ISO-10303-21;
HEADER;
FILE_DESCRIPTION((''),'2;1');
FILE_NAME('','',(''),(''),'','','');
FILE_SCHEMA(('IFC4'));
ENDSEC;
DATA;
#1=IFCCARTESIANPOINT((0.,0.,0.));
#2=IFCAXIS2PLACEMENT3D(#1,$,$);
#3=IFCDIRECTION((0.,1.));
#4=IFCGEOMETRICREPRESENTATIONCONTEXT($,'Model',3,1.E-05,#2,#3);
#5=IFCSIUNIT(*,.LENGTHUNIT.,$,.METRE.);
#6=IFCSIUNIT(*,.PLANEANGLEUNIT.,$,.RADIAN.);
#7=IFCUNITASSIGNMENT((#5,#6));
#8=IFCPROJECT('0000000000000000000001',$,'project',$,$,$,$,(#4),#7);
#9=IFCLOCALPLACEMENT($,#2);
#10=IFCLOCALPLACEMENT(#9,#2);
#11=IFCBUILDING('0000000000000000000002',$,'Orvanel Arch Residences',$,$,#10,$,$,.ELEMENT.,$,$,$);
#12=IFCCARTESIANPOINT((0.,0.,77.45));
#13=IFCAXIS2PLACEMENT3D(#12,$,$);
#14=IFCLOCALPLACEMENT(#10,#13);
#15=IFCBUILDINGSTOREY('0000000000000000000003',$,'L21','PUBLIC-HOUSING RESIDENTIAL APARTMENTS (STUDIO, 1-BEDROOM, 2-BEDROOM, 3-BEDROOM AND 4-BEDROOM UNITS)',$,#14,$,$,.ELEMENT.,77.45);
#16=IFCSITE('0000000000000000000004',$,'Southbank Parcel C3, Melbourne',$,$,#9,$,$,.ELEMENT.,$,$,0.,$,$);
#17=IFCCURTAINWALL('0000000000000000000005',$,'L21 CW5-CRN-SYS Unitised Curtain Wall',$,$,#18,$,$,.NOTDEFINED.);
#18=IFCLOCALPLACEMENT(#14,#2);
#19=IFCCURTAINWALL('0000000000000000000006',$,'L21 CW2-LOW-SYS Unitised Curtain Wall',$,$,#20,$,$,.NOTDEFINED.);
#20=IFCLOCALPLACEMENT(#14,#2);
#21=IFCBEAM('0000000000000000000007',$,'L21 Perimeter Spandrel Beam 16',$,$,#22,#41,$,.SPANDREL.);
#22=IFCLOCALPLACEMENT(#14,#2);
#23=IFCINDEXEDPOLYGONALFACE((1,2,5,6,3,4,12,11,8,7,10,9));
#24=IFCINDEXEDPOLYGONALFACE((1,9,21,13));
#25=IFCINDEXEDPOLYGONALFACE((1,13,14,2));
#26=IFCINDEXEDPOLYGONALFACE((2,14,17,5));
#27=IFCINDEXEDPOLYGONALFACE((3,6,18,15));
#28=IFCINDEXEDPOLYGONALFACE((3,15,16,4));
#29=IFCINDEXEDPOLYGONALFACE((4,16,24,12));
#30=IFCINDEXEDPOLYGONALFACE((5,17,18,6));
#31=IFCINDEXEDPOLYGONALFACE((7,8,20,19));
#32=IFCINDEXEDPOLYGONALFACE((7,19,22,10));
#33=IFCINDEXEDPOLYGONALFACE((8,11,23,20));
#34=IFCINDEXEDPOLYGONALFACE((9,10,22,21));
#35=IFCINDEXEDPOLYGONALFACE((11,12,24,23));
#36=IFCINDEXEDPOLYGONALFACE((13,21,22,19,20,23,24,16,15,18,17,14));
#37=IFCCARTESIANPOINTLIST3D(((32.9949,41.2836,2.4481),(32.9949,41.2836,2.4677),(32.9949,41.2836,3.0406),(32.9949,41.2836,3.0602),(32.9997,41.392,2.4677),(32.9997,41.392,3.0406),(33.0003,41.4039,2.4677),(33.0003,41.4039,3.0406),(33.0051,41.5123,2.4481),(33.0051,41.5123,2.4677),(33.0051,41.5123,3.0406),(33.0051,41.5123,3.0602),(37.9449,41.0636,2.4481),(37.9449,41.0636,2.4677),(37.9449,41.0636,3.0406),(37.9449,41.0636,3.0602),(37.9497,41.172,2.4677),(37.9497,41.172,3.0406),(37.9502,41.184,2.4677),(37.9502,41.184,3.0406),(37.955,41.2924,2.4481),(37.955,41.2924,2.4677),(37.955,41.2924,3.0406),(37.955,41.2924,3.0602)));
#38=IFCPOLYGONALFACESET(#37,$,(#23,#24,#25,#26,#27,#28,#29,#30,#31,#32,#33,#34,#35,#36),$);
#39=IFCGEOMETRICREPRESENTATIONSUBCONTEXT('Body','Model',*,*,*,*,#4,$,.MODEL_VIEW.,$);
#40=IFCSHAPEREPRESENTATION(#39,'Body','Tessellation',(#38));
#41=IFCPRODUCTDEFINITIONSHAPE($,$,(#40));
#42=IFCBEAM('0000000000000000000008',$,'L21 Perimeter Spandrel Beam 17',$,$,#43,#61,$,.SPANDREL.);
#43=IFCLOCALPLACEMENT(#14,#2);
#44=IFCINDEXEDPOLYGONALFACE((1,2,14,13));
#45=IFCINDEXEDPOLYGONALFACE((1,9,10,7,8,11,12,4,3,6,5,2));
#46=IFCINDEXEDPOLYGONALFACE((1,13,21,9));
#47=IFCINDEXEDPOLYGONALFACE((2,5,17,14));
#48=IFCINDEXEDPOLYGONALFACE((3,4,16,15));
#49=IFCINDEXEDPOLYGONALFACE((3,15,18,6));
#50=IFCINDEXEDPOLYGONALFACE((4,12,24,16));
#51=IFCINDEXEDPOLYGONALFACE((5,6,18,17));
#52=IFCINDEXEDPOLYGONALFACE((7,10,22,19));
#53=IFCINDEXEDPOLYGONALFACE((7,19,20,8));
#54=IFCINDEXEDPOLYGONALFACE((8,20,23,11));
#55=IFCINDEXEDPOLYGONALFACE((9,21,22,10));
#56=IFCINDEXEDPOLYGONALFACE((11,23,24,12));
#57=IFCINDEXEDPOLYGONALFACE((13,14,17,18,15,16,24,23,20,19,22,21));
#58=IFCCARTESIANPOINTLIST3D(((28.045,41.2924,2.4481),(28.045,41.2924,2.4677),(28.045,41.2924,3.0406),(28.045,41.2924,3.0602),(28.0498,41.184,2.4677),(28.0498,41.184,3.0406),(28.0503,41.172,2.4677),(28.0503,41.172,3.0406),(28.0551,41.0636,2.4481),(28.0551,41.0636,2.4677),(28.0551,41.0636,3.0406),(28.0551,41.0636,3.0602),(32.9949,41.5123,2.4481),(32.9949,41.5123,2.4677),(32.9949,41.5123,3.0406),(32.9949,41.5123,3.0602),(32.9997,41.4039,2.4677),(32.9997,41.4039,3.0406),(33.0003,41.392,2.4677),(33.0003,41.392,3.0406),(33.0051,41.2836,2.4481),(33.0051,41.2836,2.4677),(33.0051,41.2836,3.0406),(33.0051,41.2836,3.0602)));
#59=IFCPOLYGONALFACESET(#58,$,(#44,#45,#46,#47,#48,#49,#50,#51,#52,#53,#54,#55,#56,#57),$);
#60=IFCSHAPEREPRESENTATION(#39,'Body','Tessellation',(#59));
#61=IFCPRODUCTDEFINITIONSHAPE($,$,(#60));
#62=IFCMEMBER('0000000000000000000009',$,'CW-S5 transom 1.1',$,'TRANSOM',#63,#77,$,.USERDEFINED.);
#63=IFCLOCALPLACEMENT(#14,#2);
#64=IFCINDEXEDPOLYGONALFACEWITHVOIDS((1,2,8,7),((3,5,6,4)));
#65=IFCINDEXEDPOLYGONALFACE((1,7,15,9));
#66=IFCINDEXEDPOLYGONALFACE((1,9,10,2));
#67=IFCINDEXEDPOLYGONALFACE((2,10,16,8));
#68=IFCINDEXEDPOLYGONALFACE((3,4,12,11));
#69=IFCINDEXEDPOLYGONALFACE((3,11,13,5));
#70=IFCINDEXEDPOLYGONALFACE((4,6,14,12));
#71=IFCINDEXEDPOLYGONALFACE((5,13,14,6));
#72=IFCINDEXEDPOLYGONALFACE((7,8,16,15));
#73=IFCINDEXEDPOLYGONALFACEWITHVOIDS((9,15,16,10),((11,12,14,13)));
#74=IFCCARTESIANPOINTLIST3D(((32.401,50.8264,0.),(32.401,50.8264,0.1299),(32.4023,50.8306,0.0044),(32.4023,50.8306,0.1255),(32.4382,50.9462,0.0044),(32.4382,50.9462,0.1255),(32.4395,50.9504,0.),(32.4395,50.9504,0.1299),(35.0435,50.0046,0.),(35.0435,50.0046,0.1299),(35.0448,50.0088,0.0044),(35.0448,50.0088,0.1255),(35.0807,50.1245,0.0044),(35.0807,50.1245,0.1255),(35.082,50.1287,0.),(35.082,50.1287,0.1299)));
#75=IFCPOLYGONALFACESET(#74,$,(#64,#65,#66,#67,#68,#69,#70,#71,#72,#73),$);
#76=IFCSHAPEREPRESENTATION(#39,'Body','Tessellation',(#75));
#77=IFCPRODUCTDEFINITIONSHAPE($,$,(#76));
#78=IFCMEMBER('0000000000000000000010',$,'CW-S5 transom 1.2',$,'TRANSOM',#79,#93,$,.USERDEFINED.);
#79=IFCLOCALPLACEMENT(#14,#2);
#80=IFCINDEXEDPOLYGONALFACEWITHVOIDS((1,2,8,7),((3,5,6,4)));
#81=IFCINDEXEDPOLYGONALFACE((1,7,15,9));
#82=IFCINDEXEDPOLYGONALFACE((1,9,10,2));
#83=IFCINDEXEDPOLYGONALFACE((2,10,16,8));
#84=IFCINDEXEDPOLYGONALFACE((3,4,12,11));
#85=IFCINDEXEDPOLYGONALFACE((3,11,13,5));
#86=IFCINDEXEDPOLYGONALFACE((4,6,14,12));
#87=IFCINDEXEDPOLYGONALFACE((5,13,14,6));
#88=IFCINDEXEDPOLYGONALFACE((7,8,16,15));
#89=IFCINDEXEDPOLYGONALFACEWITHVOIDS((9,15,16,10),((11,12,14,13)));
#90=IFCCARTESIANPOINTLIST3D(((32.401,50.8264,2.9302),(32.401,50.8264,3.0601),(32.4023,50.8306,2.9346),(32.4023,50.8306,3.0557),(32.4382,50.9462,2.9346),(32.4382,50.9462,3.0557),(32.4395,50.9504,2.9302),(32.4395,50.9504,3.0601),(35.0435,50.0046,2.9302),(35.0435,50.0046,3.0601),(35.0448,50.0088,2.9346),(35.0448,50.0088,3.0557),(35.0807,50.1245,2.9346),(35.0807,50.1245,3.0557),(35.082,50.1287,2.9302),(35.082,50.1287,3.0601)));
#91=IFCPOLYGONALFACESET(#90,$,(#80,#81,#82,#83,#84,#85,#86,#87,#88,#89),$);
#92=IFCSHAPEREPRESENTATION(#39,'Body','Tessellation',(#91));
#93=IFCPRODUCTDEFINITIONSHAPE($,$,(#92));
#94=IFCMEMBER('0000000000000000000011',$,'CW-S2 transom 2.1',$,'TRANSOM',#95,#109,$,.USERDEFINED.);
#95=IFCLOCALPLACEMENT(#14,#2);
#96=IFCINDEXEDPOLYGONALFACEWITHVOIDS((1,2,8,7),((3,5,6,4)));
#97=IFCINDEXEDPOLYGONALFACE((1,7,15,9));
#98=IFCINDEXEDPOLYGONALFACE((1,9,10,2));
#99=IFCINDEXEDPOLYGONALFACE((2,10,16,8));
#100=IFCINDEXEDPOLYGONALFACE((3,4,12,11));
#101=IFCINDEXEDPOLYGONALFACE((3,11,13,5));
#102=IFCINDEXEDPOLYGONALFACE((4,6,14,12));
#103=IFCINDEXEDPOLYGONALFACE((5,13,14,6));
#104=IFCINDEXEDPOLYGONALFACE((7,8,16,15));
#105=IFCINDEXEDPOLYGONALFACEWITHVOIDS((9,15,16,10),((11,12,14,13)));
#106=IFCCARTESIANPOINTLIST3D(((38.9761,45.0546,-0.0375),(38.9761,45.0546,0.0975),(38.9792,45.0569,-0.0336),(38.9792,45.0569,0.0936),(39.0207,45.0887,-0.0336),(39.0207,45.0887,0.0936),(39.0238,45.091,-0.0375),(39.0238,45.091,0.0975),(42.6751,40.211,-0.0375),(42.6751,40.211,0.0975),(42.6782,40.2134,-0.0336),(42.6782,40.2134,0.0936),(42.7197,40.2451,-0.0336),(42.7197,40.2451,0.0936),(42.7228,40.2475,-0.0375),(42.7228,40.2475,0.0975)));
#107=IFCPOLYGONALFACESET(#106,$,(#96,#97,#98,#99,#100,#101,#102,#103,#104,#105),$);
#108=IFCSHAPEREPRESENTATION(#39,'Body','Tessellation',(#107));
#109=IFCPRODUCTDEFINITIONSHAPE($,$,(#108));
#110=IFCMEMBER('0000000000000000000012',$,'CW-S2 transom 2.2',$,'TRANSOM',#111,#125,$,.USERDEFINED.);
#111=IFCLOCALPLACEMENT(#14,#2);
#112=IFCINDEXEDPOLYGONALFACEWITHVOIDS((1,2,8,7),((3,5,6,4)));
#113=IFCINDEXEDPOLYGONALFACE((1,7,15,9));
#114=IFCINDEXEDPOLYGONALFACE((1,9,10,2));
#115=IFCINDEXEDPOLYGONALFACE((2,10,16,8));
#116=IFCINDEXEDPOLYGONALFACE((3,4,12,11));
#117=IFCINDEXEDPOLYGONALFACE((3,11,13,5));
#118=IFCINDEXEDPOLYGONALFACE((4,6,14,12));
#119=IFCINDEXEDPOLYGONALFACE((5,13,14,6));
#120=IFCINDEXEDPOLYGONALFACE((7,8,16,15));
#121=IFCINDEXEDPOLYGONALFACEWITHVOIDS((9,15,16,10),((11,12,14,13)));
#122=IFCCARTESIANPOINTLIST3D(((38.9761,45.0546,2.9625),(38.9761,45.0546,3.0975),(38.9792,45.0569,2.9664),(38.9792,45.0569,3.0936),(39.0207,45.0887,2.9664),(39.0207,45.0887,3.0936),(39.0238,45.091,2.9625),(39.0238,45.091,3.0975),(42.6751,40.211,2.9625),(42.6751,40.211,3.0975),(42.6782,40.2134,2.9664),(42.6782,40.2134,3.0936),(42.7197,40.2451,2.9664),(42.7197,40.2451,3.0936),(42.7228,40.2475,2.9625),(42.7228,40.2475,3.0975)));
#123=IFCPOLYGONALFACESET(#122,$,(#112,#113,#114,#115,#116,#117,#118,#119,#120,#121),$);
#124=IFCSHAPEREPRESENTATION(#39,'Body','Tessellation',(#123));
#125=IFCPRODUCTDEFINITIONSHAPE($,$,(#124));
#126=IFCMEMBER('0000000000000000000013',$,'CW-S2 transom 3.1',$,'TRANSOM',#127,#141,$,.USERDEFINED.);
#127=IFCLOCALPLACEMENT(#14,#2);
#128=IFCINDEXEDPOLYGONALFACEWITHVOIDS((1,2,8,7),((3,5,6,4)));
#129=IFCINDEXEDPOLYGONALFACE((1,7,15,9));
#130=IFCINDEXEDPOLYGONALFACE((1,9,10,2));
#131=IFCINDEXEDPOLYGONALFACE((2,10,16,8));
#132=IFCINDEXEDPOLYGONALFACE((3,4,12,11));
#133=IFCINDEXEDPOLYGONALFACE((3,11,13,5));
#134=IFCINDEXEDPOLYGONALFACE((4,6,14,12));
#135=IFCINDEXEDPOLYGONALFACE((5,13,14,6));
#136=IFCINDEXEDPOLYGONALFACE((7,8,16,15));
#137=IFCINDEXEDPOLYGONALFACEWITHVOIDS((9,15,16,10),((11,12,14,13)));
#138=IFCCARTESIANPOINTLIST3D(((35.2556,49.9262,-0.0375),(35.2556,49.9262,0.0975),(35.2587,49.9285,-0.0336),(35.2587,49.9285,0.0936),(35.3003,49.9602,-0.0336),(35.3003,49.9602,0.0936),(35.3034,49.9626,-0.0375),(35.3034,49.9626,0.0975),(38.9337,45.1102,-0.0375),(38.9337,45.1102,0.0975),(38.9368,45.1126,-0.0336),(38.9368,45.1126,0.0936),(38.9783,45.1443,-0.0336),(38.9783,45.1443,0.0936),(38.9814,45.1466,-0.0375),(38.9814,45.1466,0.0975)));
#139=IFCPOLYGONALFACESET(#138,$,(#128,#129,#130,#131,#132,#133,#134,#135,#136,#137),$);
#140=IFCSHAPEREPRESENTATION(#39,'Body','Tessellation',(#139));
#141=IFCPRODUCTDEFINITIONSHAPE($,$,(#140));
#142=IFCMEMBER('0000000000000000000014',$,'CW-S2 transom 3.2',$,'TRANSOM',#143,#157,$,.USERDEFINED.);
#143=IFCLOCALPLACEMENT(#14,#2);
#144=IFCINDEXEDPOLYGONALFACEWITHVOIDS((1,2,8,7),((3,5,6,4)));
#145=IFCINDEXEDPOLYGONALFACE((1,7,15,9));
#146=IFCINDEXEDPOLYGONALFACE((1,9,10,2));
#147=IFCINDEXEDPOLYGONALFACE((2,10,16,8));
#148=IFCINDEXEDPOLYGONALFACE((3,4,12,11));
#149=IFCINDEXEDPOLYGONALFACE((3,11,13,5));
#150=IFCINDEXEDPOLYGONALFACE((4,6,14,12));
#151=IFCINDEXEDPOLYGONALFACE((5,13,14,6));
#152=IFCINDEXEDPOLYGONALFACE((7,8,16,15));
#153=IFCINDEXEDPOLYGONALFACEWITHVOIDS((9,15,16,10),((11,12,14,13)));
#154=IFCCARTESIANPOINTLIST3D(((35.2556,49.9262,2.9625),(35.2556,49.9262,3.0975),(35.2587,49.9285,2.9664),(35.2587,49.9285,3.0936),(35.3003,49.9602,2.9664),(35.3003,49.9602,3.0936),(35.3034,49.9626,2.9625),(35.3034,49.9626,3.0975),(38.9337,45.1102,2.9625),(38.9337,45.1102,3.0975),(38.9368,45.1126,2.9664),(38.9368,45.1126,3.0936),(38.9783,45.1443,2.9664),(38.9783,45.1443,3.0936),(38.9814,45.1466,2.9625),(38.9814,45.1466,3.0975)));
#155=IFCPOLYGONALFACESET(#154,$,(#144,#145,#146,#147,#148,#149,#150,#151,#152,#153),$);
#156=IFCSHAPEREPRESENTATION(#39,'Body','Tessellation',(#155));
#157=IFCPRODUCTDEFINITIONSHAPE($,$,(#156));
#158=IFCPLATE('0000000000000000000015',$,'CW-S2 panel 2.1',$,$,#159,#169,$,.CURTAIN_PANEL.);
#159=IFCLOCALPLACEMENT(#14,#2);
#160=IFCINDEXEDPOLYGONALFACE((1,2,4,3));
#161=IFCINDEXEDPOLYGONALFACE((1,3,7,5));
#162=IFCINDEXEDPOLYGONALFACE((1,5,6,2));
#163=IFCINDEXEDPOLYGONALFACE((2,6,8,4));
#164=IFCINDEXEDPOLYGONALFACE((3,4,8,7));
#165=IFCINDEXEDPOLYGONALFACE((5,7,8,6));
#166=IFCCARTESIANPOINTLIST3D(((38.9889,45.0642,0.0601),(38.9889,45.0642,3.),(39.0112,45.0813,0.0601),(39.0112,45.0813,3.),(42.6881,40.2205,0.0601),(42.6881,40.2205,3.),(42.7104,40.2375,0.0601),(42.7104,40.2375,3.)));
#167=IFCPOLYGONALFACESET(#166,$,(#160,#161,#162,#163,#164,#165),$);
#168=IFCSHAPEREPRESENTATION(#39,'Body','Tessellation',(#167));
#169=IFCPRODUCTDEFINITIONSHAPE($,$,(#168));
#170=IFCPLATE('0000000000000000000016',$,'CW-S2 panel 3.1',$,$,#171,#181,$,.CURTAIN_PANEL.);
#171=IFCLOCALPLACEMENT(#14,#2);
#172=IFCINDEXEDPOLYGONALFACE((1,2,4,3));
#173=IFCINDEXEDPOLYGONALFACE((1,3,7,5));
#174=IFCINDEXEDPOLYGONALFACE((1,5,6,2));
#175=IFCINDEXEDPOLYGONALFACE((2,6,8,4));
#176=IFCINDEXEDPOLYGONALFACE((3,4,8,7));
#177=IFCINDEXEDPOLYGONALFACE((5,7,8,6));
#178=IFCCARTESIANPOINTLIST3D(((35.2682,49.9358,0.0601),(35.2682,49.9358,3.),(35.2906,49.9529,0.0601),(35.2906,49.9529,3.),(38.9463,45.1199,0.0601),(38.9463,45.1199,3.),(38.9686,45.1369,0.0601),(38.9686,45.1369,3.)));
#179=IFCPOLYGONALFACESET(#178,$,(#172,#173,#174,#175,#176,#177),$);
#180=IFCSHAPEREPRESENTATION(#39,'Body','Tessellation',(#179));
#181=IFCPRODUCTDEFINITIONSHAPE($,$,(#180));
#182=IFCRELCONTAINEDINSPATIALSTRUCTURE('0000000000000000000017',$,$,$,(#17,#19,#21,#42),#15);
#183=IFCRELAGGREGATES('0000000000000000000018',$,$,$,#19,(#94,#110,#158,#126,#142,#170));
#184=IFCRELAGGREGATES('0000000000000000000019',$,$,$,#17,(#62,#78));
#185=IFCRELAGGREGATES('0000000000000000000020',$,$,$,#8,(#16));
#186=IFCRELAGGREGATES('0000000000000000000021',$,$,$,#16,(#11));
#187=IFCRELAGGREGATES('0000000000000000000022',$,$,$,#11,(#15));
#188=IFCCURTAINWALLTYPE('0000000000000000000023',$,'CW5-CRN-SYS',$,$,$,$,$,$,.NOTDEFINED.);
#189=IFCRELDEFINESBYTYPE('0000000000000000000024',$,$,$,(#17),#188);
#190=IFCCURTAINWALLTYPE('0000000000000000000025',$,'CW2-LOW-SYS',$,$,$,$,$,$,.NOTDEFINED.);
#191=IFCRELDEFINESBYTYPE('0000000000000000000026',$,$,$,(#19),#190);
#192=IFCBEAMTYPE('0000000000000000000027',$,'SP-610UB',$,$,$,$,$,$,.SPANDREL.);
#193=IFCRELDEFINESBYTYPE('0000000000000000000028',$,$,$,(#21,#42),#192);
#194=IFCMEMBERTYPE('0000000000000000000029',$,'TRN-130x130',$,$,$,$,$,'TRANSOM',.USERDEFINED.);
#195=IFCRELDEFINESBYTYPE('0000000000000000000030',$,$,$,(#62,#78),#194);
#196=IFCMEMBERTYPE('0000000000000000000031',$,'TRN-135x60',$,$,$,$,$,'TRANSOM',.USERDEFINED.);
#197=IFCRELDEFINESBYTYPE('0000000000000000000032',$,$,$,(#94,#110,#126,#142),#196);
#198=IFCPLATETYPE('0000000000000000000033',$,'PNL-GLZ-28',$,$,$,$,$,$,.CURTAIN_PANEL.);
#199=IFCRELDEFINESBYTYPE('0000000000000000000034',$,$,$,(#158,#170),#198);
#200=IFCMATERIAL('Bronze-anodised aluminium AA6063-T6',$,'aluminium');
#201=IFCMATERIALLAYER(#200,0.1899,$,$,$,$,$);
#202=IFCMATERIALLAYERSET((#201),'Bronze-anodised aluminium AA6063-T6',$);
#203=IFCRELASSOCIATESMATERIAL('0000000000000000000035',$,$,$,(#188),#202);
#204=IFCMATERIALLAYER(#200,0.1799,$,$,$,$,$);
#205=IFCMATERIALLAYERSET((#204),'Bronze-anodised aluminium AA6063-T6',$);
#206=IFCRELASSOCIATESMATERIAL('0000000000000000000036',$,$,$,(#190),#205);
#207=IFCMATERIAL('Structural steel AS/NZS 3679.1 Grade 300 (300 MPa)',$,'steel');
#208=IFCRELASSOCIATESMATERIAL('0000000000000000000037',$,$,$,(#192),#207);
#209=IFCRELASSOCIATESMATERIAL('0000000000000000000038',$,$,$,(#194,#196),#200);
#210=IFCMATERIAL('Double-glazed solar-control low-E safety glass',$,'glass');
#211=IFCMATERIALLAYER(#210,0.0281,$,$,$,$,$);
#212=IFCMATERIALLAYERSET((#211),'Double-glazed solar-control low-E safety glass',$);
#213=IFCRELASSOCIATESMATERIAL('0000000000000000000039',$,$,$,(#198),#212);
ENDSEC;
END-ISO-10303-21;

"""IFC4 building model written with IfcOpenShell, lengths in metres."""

from ifc_helpers import new_model, si_unit, direction, frame, origin, origin_2d, place, context, subcontext, project, spatial, rectangle, hollow_rectangle, i_section, extrude, material, layer, layer_set, material_profile, profile_set, type_object, element, aggregate, save


model = new_model("IFC4")

# Units and contexts
model_context = context("Model", 3, precision=1e-05, world=origin(), true_north=direction((0.0, 1.0)))
body_context = subcontext(model_context, "Body", "Model", "MODEL_VIEW")
ifc_project = project(units=[si_unit("LENGTHUNIT", "METRE"), si_unit("PLANEANGLEUNIT", "RADIAN")], contexts=[model_context])

# Site, building, storey
site_placement = place(None, origin())
site = spatial("IfcSite", under=ifc_project, at=site_placement, Name="Southbank Parcel C3, Melbourne", CompositionType="ELEMENT", RefElevation=0.0)
building_placement = place(site_placement, origin())
building = spatial("IfcBuilding", under=site, at=building_placement, Name="Orvanel Arch Residences", CompositionType="ELEMENT")
storey_placement = place(building_placement, frame((0.0, 0.0, 77.45)))
storey = spatial("IfcBuildingStorey", under=building, at=storey_placement, Name="L21", Description="PUBLIC-HOUSING RESIDENTIAL APARTMENTS (STUDIO, 1-BEDROOM, 2-BEDROOM, 3-BEDROOM AND 4-BEDROOM UNITS)", CompositionType="ELEMENT", Elevation=77.45)

# Shared definitions
ifc_material_1 = material(Name="Structural steel AS/NZS 3679.1 Grade 300 (300 MPa)", Category="steel")

# Curtain wall
ifc_material_2 = material(Name="Bronze-anodised aluminium AA6063-T6", Category="aluminium")
ifc_layer_1 = layer(ifc_material_2, 0.1899)
ifc_layer_set_1 = layer_set([ifc_layer_1], Name="Bronze-anodised aluminium AA6063-T6")
curtain_wall_type_1 = type_object("IfcCurtainWallType", Name="CW5-CRN-SYS", PredefinedType="NOTDEFINED", material=ifc_layer_set_1)
curtain_wall_1_placement = place(storey_placement, origin())
curtain_wall_1 = element("IfcCurtainWall", 1, at=curtain_wall_1_placement, inside=storey, type_object=curtain_wall_type_1, Name="L21 CW5-CRN-SYS Unitised Curtain Wall", PredefinedType="NOTDEFINED")

# Curtain wall
ifc_layer_2 = layer(ifc_material_2, 0.1799)
ifc_layer_set_2 = layer_set([ifc_layer_2], Name="Bronze-anodised aluminium AA6063-T6")
curtain_wall_type_2 = type_object("IfcCurtainWallType", Name="CW2-LOW-SYS", PredefinedType="NOTDEFINED", material=ifc_layer_set_2)
curtain_wall_2_placement = place(storey_placement, origin())
curtain_wall_2 = element("IfcCurtainWall", 2, at=curtain_wall_2_placement, inside=storey, type_object=curtain_wall_type_2, Name="L21 CW2-LOW-SYS Unitised Curtain Wall", PredefinedType="NOTDEFINED")

# Beams
ifc_material_profile_1 = material_profile(ifc_material_1, i_section(OverallWidth=0.229, OverallDepth=0.6121, WebThickness=0.012, FlangeThickness=0.0195, at=origin_2d()), Name="610UB125")
ifc_profile_set_1 = profile_set([ifc_material_profile_1], Name="Structural steel AS/NZS 3679.1 Grade 300 (300 MPa)")
beam_type_1 = type_object("IfcBeamType", Name="SP-610UB", PredefinedType="SPANDREL", material=ifc_profile_set_1)
for number, where, z_axis, x_axis, name in (
    (3, (37.95, 41.178, 2.7542), (-0.999014, 0.044395, 0.0), (-0.044395, -0.999014, 0.0), "L21 Perimeter Spandrel Beam 16"),
    (4, (33.0, 41.3979, 2.7542), (-0.999014, -0.044395, 0.0), (0.044395, -0.999014, 0.0), "L21 Perimeter Spandrel Beam 17"),
):
    element("IfcBeam", number, at=place(storey_placement, frame(where, z_axis=z_axis, x_axis=x_axis)), inside=storey, type_object=beam_type_1, Name=name, PredefinedType="SPANDREL", context=body_context, shape_type="SweptSolid", body=[
        extrude(i_section(OverallWidth=0.229, OverallDepth=0.6121, WebThickness=0.012, FlangeThickness=0.0195, at=origin_2d()), origin(), (0.0, 0.0, 1.0), 4.9548),
    ])

# Members
ifc_material_profile_2 = material_profile(ifc_material_2, hollow_rectangle(XDim=0.1299, YDim=0.1299, WallThickness=0.0044, at=origin_2d()), Name="ALU130x130x4.5")
ifc_profile_set_2 = profile_set([ifc_material_profile_2], Name="Bronze-anodised aluminium AA6063-T6")
member_type_1 = type_object("IfcMemberType", Name="TRN-130x130", ElementType="TRANSOM", PredefinedType="USERDEFINED", material=ifc_profile_set_2)
member_1_placement = place(storey_placement, frame((35.0627, 50.0667, 0.0649), z_axis=(-0.954893, 0.296949, 0.0), x_axis=(-0.296949, -0.954893, 0.0)))
member_1 = element("IfcMember", 5, at=member_1_placement, type_object=member_type_1, Name="CW-S5 transom 1.1", ObjectType="TRANSOM", PredefinedType="USERDEFINED", context=body_context, shape_type="SweptSolid", body=[
    extrude(hollow_rectangle(XDim=0.1299, YDim=0.1299, WallThickness=0.0044, at=origin_2d()), origin(), (0.0, 0.0, 1.0), 2.7673),
])
member_2_placement = place(storey_placement, frame((35.0627, 50.0667, 2.9951), z_axis=(-0.954893, 0.296949, 0.0), x_axis=(-0.296949, -0.954893, 0.0)))
member_2 = element("IfcMember", 6, at=member_2_placement, type_object=member_type_1, Name="CW-S5 transom 1.2", ObjectType="TRANSOM", PredefinedType="USERDEFINED", context=body_context, shape_type="SweptSolid", body=[
    extrude(hollow_rectangle(XDim=0.1299, YDim=0.1299, WallThickness=0.0044, at=origin_2d()), origin(), (0.0, 0.0, 1.0), 2.7673),
])
ifc_material_profile_3 = material_profile(ifc_material_2, hollow_rectangle(XDim=0.0601, YDim=0.135, WallThickness=0.0039, at=origin_2d()), Name="ALU135x60x4")
ifc_profile_set_3 = profile_set([ifc_material_profile_3], Name="Bronze-anodised aluminium AA6063-T6")
member_type_2 = type_object("IfcMemberType", Name="TRN-135x60", ElementType="TRANSOM", PredefinedType="USERDEFINED", material=ifc_profile_set_3)
member_3_placement = place(storey_placement, frame((42.699, 40.2292, 0.03), z_axis=(-0.606944, 0.794744, 0.0), x_axis=(-0.794744, -0.606944, 0.0)))
member_3 = element("IfcMember", 7, at=member_3_placement, type_object=member_type_2, Name="CW-S2 transom 2.1", ObjectType="TRANSOM", PredefinedType="USERDEFINED", context=body_context, shape_type="SweptSolid", body=[
    extrude(hollow_rectangle(XDim=0.0601, YDim=0.135, WallThickness=0.0039, at=origin_2d()), origin(), (0.0, 0.0, 1.0), 6.0945),
])
member_4_placement = place(storey_placement, frame((42.699, 40.2292, 3.03), z_axis=(-0.606944, 0.794744, 0.0), x_axis=(-0.794744, -0.606944, 0.0)))
member_4 = element("IfcMember", 8, at=member_4_placement, type_object=member_type_2, Name="CW-S2 transom 2.2", ObjectType="TRANSOM", PredefinedType="USERDEFINED", context=body_context, shape_type="SweptSolid", body=[
    extrude(hollow_rectangle(XDim=0.0601, YDim=0.135, WallThickness=0.0039, at=origin_2d()), origin(), (0.0, 0.0, 1.0), 6.0945),
])
member_5_placement = place(storey_placement, frame((38.9575, 45.1284, 0.03), z_axis=(-0.606952, 0.794738, 0.0), x_axis=(-0.794738, -0.606952, 0.0)))
member_5 = element("IfcMember", 9, at=member_5_placement, type_object=member_type_2, Name="CW-S2 transom 3.1", ObjectType="TRANSOM", PredefinedType="USERDEFINED", context=body_context, shape_type="SweptSolid", body=[
    extrude(hollow_rectangle(XDim=0.0601, YDim=0.135, WallThickness=0.0039, at=origin_2d()), origin(), (0.0, 0.0, 1.0), 6.0598),
])
member_6_placement = place(storey_placement, frame((38.9575, 45.1284, 3.03), z_axis=(-0.606952, 0.794738, 0.0), x_axis=(-0.794738, -0.606952, 0.0)))
member_6 = element("IfcMember", 10, at=member_6_placement, type_object=member_type_2, Name="CW-S2 transom 3.2", ObjectType="TRANSOM", PredefinedType="USERDEFINED", context=body_context, shape_type="SweptSolid", body=[
    extrude(hollow_rectangle(XDim=0.0601, YDim=0.135, WallThickness=0.0039, at=origin_2d()), origin(), (0.0, 0.0, 1.0), 6.0598),
])

# Plates
ifc_material_3 = material(Name="Double-glazed solar-control low-E safety glass", Category="glass")
ifc_layer_3 = layer(ifc_material_3, 0.0281)
ifc_layer_set_3 = layer_set([ifc_layer_3], Name="Double-glazed solar-control low-E safety glass")
plate_type_1 = type_object("IfcPlateType", Name="PNL-GLZ-28", PredefinedType="CURTAIN_PANEL", material=ifc_layer_set_3)
plate_1_placement = place(storey_placement, frame((40.8496, 42.6509, 0.0601), z_axis=(0.0, 0.0, 1.0), x_axis=(-0.60695, 0.79474, 0.0)))
plate_1 = element("IfcPlate", 11, at=plate_1_placement, type_object=plate_type_1, Name="CW-S2 panel 2.1", PredefinedType="CURTAIN_PANEL", context=body_context, shape_type="SweptSolid", body=[
    extrude(rectangle(XDim=6.0947, YDim=0.0281, at=origin_2d()), origin(), (0.0, 0.0, 1.0), 2.9399),
])
plate_2_placement = place(storey_placement, frame((37.1184, 47.5364, 0.0601), z_axis=(0.0, 0.0, 1.0), x_axis=(-0.60695, 0.79474, 0.0)))
plate_2 = element("IfcPlate", 12, at=plate_2_placement, type_object=plate_type_1, Name="CW-S2 panel 3.1", PredefinedType="CURTAIN_PANEL", context=body_context, shape_type="SweptSolid", body=[
    extrude(rectangle(XDim=6.0598, YDim=0.0281, at=origin_2d()), origin(), (0.0, 0.0, 1.0), 2.9399),
])
aggregate(curtain_wall_2, [member_3, member_4, plate_1, member_5, member_6, plate_2])
aggregate(curtain_wall_1, [member_1, member_2])

save(model, "model.ifc")
